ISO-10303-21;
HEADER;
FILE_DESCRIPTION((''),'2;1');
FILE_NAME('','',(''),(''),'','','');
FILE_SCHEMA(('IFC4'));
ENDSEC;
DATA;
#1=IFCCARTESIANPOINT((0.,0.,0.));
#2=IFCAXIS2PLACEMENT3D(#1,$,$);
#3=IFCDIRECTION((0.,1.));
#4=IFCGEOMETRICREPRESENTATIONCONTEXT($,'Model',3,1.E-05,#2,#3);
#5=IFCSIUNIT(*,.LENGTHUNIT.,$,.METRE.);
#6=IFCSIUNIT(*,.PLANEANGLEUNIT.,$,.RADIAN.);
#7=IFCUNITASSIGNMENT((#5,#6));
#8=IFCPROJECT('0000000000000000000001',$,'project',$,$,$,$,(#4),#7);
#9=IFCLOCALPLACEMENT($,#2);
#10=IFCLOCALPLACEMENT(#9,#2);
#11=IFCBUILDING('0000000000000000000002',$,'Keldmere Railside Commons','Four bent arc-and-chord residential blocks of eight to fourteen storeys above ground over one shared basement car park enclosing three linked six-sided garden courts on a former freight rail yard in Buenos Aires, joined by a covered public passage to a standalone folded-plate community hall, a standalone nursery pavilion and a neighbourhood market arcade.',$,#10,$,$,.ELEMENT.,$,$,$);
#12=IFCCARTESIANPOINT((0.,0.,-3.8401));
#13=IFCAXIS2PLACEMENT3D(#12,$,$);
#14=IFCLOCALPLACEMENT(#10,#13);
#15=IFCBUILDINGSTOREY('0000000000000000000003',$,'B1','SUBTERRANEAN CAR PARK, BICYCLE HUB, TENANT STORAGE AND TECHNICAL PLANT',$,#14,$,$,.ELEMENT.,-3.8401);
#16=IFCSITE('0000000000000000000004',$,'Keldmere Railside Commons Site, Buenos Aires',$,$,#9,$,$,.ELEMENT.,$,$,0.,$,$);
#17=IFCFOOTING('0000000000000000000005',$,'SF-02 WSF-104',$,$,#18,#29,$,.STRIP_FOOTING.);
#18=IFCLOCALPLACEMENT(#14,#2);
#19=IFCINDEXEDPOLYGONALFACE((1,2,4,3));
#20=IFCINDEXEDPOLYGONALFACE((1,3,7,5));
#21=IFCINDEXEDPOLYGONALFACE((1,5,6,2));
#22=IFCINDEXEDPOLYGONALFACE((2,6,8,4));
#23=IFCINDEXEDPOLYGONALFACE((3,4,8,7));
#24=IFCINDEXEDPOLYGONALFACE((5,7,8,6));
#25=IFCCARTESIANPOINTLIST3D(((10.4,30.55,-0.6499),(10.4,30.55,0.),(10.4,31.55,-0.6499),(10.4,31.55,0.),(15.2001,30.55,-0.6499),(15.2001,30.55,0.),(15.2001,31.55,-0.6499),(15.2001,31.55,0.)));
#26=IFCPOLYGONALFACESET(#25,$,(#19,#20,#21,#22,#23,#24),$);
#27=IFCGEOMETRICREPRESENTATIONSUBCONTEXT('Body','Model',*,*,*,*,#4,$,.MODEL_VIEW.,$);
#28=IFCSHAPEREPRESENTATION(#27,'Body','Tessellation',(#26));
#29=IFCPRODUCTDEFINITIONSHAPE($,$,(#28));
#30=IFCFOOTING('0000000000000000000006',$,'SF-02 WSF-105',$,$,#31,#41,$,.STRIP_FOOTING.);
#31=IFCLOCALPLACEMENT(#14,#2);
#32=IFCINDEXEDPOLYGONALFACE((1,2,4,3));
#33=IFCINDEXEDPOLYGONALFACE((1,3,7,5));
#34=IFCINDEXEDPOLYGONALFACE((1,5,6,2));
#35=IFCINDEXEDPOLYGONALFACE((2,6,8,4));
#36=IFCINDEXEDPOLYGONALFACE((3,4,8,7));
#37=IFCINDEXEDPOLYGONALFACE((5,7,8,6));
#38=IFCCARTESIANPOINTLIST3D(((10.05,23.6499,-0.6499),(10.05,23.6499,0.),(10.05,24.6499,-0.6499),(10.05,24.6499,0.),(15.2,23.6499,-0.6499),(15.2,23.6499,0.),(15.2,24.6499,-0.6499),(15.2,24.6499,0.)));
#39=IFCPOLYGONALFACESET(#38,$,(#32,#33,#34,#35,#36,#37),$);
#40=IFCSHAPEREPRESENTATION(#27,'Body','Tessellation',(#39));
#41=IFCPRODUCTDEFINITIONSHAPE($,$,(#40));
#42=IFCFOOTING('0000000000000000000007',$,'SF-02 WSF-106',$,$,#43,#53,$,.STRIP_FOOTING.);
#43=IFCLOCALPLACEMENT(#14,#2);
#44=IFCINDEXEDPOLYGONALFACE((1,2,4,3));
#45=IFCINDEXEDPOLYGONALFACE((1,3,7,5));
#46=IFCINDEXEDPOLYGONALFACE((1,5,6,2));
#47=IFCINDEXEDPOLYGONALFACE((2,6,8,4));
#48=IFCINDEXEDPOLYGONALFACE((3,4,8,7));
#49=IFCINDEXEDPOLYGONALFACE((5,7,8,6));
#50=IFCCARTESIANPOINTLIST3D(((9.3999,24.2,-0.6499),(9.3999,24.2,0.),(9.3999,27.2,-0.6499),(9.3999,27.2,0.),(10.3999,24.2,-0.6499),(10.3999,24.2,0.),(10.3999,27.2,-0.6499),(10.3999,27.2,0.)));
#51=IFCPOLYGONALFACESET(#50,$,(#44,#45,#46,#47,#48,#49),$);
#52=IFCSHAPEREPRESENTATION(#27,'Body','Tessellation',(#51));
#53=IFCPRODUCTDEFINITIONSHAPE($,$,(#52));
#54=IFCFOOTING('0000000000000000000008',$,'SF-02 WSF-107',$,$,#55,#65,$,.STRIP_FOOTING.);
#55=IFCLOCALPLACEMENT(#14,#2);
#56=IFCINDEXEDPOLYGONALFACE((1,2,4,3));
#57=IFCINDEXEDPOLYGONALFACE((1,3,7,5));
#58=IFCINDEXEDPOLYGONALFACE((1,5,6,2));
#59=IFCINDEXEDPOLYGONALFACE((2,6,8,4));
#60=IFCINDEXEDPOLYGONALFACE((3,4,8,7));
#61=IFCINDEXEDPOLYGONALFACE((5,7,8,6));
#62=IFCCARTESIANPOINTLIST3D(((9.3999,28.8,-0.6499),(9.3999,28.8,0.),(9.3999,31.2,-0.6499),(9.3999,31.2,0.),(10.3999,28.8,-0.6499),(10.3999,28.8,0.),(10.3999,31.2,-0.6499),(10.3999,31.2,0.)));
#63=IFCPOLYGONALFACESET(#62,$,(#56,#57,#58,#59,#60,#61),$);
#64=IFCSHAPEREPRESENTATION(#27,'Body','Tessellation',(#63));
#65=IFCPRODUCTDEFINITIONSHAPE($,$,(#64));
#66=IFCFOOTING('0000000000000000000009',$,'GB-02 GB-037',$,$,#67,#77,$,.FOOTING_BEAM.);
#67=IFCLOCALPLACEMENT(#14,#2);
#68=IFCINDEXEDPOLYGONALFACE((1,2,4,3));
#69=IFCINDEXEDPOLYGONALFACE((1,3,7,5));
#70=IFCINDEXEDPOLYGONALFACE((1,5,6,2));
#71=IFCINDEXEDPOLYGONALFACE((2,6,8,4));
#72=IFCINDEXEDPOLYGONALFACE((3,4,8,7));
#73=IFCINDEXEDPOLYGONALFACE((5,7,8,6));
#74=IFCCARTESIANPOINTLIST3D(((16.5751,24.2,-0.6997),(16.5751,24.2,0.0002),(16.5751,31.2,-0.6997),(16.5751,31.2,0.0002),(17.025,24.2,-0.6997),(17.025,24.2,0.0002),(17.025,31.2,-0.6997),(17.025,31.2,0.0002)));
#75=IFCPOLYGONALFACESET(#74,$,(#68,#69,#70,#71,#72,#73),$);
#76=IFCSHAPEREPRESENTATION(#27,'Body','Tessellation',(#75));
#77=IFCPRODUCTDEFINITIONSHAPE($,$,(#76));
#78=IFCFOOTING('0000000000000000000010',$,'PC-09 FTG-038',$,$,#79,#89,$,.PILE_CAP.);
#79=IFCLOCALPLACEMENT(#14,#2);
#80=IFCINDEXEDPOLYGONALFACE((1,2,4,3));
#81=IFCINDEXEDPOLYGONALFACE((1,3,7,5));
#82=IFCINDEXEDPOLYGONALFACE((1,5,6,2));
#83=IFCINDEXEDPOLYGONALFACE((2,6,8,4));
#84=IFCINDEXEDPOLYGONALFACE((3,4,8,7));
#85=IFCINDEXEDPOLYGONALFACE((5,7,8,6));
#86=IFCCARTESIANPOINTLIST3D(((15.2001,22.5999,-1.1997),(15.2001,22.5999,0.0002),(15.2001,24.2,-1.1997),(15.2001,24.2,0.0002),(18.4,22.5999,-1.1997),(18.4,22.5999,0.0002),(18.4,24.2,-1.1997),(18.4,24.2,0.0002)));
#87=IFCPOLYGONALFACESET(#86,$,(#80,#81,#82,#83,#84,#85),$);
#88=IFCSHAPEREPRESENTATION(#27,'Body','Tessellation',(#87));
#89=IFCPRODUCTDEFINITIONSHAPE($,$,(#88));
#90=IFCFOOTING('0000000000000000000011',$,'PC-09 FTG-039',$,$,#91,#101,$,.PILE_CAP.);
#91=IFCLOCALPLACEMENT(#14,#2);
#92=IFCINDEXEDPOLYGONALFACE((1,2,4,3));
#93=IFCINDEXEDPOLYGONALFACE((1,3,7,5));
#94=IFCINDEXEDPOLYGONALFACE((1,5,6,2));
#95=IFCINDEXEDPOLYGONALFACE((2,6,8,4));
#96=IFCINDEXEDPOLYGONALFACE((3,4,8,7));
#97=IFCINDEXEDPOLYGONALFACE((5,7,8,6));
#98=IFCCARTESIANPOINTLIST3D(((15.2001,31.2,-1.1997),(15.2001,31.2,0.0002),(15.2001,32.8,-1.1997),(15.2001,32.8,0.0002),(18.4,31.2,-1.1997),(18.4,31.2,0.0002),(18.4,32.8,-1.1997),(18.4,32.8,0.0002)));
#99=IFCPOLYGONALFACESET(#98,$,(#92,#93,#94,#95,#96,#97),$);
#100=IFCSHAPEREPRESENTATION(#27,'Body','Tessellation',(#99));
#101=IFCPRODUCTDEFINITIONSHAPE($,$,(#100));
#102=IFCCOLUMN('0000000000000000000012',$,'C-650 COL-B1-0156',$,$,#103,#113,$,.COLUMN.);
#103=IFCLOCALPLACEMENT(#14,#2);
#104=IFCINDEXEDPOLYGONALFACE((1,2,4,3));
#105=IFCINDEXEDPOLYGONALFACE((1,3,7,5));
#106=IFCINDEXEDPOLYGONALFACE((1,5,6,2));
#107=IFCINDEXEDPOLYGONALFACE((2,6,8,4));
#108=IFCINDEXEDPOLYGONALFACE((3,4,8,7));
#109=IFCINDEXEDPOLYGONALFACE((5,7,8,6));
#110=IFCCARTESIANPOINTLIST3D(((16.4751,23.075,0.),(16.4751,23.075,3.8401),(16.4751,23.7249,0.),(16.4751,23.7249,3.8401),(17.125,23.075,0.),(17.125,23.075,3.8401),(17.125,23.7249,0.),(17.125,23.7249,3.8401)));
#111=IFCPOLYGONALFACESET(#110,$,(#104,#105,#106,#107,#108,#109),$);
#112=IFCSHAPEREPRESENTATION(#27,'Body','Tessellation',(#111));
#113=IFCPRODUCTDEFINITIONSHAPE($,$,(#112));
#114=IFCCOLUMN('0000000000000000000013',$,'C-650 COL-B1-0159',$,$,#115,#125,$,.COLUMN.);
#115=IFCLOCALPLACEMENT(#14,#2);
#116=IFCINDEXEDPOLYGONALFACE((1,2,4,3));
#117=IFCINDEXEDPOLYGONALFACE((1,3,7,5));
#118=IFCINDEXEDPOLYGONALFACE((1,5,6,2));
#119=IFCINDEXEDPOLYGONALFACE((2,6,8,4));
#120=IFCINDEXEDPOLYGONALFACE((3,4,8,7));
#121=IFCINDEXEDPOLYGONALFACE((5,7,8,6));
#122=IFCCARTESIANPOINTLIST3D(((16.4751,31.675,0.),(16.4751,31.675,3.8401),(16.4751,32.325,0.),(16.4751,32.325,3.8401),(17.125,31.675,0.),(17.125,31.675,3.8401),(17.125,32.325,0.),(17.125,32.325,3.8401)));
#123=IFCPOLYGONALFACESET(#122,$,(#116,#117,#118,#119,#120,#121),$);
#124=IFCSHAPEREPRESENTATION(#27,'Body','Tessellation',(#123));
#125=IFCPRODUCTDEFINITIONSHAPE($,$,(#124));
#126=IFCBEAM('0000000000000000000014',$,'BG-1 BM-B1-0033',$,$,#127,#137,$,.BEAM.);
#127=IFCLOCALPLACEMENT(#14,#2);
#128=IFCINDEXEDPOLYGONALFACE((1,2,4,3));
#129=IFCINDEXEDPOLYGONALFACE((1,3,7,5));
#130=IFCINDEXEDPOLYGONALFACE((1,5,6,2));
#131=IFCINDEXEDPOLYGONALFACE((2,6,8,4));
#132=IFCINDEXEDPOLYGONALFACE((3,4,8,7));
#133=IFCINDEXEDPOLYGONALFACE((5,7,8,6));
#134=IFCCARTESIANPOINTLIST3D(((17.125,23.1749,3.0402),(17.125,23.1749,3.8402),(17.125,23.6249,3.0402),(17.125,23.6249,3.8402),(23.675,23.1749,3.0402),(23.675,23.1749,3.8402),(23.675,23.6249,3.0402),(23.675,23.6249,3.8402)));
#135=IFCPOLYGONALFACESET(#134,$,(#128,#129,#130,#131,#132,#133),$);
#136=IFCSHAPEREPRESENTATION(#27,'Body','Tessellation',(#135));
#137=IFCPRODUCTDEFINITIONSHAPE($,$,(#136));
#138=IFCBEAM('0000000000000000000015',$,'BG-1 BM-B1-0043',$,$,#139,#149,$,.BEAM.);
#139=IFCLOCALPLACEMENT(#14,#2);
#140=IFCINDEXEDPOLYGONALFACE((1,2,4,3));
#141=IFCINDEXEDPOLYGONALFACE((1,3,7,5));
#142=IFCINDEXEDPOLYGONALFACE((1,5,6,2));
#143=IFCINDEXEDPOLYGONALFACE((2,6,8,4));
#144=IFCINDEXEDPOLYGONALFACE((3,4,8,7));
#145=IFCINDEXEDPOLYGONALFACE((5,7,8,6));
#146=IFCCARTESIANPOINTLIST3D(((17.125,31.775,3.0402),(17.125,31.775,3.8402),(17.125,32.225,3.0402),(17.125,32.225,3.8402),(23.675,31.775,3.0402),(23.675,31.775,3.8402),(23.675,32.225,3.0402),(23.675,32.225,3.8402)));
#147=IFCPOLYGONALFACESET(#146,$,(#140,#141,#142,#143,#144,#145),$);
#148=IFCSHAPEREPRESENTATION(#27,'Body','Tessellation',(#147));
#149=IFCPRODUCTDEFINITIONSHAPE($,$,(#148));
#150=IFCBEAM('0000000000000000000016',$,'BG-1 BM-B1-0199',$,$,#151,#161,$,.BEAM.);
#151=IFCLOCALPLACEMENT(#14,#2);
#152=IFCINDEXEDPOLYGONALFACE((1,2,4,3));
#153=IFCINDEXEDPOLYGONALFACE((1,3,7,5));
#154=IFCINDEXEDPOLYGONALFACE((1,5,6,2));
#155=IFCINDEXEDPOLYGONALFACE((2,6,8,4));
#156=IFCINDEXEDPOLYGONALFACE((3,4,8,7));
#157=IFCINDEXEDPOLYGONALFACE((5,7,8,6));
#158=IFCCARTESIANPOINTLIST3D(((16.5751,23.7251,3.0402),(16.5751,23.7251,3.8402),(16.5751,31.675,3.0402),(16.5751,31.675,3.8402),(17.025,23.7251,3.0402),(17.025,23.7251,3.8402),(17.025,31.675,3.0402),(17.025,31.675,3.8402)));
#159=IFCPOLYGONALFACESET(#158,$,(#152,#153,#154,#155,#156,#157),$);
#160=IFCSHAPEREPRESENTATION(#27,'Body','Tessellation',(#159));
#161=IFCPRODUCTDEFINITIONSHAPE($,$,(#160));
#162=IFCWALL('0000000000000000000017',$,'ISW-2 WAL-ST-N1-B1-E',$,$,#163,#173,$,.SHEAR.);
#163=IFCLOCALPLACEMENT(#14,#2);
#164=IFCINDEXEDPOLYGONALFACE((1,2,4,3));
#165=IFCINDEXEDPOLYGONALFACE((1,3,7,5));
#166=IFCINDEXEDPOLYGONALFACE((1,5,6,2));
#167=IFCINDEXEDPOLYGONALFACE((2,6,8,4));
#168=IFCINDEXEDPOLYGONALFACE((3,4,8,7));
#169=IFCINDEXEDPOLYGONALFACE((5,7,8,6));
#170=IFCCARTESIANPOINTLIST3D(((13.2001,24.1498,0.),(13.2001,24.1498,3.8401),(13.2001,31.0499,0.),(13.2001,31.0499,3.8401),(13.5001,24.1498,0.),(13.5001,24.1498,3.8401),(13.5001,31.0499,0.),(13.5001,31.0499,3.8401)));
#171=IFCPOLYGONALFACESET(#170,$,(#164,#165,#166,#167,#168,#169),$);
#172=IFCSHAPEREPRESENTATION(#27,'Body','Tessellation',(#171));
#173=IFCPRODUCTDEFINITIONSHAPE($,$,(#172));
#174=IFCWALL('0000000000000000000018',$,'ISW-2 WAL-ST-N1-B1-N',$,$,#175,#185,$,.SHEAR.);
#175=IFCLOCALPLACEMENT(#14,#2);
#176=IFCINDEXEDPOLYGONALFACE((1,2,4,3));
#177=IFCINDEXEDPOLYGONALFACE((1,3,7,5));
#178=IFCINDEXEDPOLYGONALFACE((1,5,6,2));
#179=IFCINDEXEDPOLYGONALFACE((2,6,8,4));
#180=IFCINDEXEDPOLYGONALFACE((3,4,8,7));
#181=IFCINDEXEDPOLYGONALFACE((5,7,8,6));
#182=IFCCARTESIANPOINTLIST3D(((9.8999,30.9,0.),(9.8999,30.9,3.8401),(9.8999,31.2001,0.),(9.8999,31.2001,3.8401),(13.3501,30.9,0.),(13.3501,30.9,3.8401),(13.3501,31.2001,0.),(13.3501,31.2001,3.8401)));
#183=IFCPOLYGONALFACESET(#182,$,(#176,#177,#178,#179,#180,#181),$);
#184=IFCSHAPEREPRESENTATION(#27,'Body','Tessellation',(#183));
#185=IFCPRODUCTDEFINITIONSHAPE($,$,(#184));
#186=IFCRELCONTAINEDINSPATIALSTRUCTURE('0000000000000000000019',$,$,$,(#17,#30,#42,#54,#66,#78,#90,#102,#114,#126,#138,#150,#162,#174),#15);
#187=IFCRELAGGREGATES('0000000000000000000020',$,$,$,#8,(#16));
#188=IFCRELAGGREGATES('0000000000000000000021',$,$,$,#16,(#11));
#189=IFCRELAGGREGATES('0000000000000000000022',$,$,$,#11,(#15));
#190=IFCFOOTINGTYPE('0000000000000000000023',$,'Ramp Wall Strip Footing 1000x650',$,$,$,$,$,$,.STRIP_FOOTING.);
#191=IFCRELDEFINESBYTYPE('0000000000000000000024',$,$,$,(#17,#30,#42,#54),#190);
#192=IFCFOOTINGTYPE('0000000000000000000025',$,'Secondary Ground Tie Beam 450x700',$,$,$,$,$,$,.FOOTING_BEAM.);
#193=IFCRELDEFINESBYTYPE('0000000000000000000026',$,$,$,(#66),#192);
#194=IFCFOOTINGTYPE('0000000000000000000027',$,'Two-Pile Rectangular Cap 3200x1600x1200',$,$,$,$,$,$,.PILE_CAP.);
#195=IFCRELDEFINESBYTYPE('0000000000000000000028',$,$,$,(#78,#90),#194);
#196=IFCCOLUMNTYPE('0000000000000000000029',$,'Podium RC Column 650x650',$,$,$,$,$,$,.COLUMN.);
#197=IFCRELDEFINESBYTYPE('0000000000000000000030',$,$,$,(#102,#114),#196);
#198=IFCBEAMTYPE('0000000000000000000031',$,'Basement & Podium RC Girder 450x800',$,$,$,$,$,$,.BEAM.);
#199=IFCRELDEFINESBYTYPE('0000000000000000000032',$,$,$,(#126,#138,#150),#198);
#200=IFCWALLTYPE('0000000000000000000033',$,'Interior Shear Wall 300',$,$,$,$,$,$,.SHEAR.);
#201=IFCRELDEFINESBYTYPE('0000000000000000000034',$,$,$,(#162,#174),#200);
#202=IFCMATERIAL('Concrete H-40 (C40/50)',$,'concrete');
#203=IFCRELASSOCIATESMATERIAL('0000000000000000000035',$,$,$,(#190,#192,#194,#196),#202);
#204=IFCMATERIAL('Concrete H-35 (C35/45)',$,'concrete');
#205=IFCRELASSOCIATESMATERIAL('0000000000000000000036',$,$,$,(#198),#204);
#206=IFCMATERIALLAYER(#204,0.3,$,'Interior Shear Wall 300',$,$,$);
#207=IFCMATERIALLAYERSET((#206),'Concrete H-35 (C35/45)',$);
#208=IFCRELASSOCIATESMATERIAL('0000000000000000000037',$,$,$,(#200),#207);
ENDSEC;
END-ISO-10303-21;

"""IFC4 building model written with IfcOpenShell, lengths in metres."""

from ifc_helpers import new_model, si_unit, direction, frame, frame_2d, origin, origin_2d, place, context, subcontext, project, spatial, rectangle, extrude, material, layer, layer_set, material_profile, profile_set, type_object, element, save


model = new_model("IFC4")

# Units and contexts
model_context = context("Model", 3, precision=1e-05, world=origin(), true_north=direction((0.0, 1.0)))
body_context = subcontext(model_context, "Body", "Model", "MODEL_VIEW")
ifc_project = project(units=[si_unit("LENGTHUNIT", "METRE"), si_unit("PLANEANGLEUNIT", "RADIAN")], contexts=[model_context])

# Site, building, storey
site_placement = place(None, origin())
site = spatial("IfcSite", under=ifc_project, at=site_placement, Name="Keldmere Railside Commons Site, Buenos Aires", CompositionType="ELEMENT", RefElevation=0.0)
building_placement = place(site_placement, origin())
building = spatial("IfcBuilding", under=site, at=building_placement, Name="Keldmere Railside Commons", Description="Four bent arc-and-chord residential blocks of eight to fourteen storeys above ground over one shared basement car park enclosing three linked six-sided garden courts on a former freight rail yard in Buenos Aires, joined by a covered public passage to a standalone folded-plate community hall, a standalone nursery pavilion and a neighbourhood market arcade.", CompositionType="ELEMENT")
storey_placement = place(building_placement, frame((0.0, 0.0, -3.8401)))
storey = spatial("IfcBuildingStorey", under=building, at=storey_placement, Name="B1", Description="SUBTERRANEAN CAR PARK, BICYCLE HUB, TENANT STORAGE AND TECHNICAL PLANT", CompositionType="ELEMENT", Elevation=-3.8401)

# Footings
ifc_material_1 = material(Name="Concrete H-40 (C40/50)", Category="concrete")
footing_type_1 = type_object("IfcFootingType", Name="Ramp Wall Strip Footing 1000x650", PredefinedType="STRIP_FOOTING", material=ifc_material_1)
footing_1_placement = place(storey_placement, frame((12.8, 31.05, -0.6499), z_axis=(0.0, 0.0, 1.0), x_axis=(1.0, 0.0, 0.0)))
element("IfcFooting", 1, at=footing_1_placement, inside=storey, type_object=footing_type_1, Name="SF-02 WSF-104", PredefinedType="STRIP_FOOTING", context=body_context, shape_type="SweptSolid", body=[
    extrude(rectangle(XDim=4.8, YDim=1.0, at=origin_2d()), origin(), (0.0, 0.0, 1.0), 0.6499),
])
footing_2_placement = place(storey_placement, frame((12.625, 24.1499, -0.6499), z_axis=(0.0, 0.0, 1.0), x_axis=(1.0, 0.0, 0.0)))
element("IfcFooting", 2, at=footing_2_placement, inside=storey, type_object=footing_type_1, Name="SF-02 WSF-105", PredefinedType="STRIP_FOOTING", context=body_context, shape_type="SweptSolid", body=[
    extrude(rectangle(XDim=5.1499, YDim=1.0, at=origin_2d()), origin(), (0.0, 0.0, 1.0), 0.6499),
])
footing_3_placement = place(storey_placement, frame((9.8999, 25.7, -0.6499), z_axis=(0.0, 0.0, 1.0), x_axis=(0.0, 1.0, 0.0)))
element("IfcFooting", 3, at=footing_3_placement, inside=storey, type_object=footing_type_1, Name="SF-02 WSF-106", PredefinedType="STRIP_FOOTING", context=body_context, shape_type="SweptSolid", body=[
    extrude(rectangle(XDim=3.0, YDim=1.0, at=origin_2d()), origin(), (0.0, 0.0, 1.0), 0.6499),
])
footing_4_placement = place(storey_placement, frame((9.8999, 30.0, -0.6499), z_axis=(0.0, 0.0, 1.0), x_axis=(0.0, 1.0, 0.0)))
element("IfcFooting", 4, at=footing_4_placement, inside=storey, type_object=footing_type_1, Name="SF-02 WSF-107", PredefinedType="STRIP_FOOTING", context=body_context, shape_type="SweptSolid", body=[
    extrude(rectangle(XDim=2.3999, YDim=1.0, at=origin_2d()), origin(), (0.0, 0.0, 1.0), 0.6499),
])
footing_type_2 = type_object("IfcFootingType", Name="Secondary Ground Tie Beam 450x700", PredefinedType="FOOTING_BEAM", material=ifc_material_1)
footing_5_placement = place(storey_placement, frame((16.8, 27.7, -0.6997), z_axis=(0.0, 0.0, 1.0), x_axis=(0.0, 1.0, 0.0)))
element("IfcFooting", 5, at=footing_5_placement, inside=storey, type_object=footing_type_2, Name="GB-02 GB-037", PredefinedType="FOOTING_BEAM", context=body_context, shape_type="SweptSolid", body=[
    extrude(rectangle(XDim=7.0, YDim=0.45, at=origin_2d()), origin(), (0.0, 0.0, 1.0), 0.7),
])
footing_type_3 = type_object("IfcFootingType", Name="Two-Pile Rectangular Cap 3200x1600x1200", PredefinedType="PILE_CAP", material=ifc_material_1)
for number, where, z_axis, x_axis, name in (
    (6, (16.8, 23.3999, -1.1997), (0.0, 0.0, 1.0), (1.0, 0.0, 0.0), "PC-09 FTG-038"),
    (7, (16.8, 32.0, -1.1997), (0.0, 0.0, 1.0), (1.0, 0.0, 0.0), "PC-09 FTG-039"),
):
    element("IfcFooting", number, at=place(storey_placement, frame(where, z_axis=z_axis, x_axis=x_axis)), inside=storey, type_object=footing_type_3, Name=name, PredefinedType="PILE_CAP", context=body_context, shape_type="SweptSolid", body=[
        extrude(rectangle(XDim=3.2, YDim=1.6001, at=origin_2d()), origin(), (0.0, 0.0, 1.0), 1.2),
    ])

# Columns
ifc_material_profile_1 = material_profile(ifc_material_1, rectangle(XDim=0.6499, YDim=0.6499, at=origin_2d()), Name="RC-650x650")
ifc_profile_set_1 = profile_set([ifc_material_profile_1], Name="Concrete H-40 (C40/50)")
column_type = type_object("IfcColumnType", Name="Podium RC Column 650x650", PredefinedType="COLUMN", material=ifc_profile_set_1)
for number, where, z_axis, x_axis, name in (
    (8, (16.8, 23.3999, 0.0), (0.0, 0.0, 1.0), (1.0, 0.0, 0.0), "C-650 COL-B1-0156"),
    (9, (16.8, 32.0, 0.0), (0.0, 0.0, 1.0), (1.0, 0.0, 0.0), "C-650 COL-B1-0159"),
):
    element("IfcColumn", number, at=place(storey_placement, frame(where, z_axis=z_axis, x_axis=x_axis)), inside=storey, type_object=column_type, Name=name, PredefinedType="COLUMN", context=body_context, shape_type="SweptSolid", body=[
        extrude(rectangle(XDim=0.6499, YDim=0.6499, at=origin_2d()), origin(), (0.0, 0.0, 1.0), 3.8401),
    ])

# Beams
ifc_material_2 = material(Name="Concrete H-35 (C35/45)", Category="concrete")
ifc_material_profile_2 = material_profile(ifc_material_2, rectangle(XDim=0.45, YDim=0.8, at=origin_2d()), Name="RC-450x800")
ifc_profile_set_2 = profile_set([ifc_material_profile_2], Name="Concrete H-35 (C35/45)")
beam_type = type_object("IfcBeamType", Name="Basement & Podium RC Girder 450x800", PredefinedType="BEAM", material=ifc_profile_set_2)
for number, where, z_axis, x_axis, name in (
    (10, (17.125, 23.3999, 3.4402), (1.0, 0.0, 0.0), (0.0, 1.0, 0.0), "BG-1 BM-B1-0033"),
    (11, (17.125, 32.0, 3.4402), (1.0, 0.0, 0.0), (0.0, 1.0, 0.0), "BG-1 BM-B1-0043"),
):
    element("IfcBeam", number, at=place(storey_placement, frame(where, z_axis=z_axis, x_axis=x_axis)), inside=storey, type_object=beam_type, Name=name, PredefinedType="BEAM", context=body_context, shape_type="SweptSolid", body=[
        extrude(rectangle(XDim=0.45, YDim=0.8, at=origin_2d()), origin(), (0.0, 0.0, 1.0), 6.55),
    ])
beam_placement = place(storey_placement, frame((16.8, 23.7251, 3.4402), z_axis=(0.0, 1.0, 0.0), x_axis=(-1.0, 0.0, 0.0)))
element("IfcBeam", 12, at=beam_placement, inside=storey, type_object=beam_type, Name="BG-1 BM-B1-0199", PredefinedType="BEAM", context=body_context, shape_type="SweptSolid", body=[
    extrude(rectangle(XDim=0.45, YDim=0.8, at=origin_2d()), origin(), (0.0, 0.0, 1.0), 7.95),
])

# Walls
ifc_layer = layer(ifc_material_2, 0.3, Name="Interior Shear Wall 300")
ifc_layer_set = layer_set([ifc_layer], Name="Concrete H-35 (C35/45)")
wall_type = type_object("IfcWallType", Name="Interior Shear Wall 300", PredefinedType="SHEAR", material=ifc_layer_set)
wall_1_placement = place(storey_placement, frame((13.3501, 31.05, 0.0), z_axis=(0.0, 0.0, 1.0), x_axis=(0.0, -1.0, 0.0)))
element("IfcWall", 13, at=wall_1_placement, inside=storey, type_object=wall_type, Name="ISW-2 WAL-ST-N1-B1-E", PredefinedType="SHEAR", context=body_context, shape_type="SweptSolid", body=[
    extrude(rectangle(XDim=6.9001, YDim=0.3, at=frame_2d((3.4502, 0.0))), origin(), (0.0, 0.0, 1.0), 3.8401),
])
wall_2_placement = place(storey_placement, frame((9.8999, 31.05, 0.0), z_axis=(0.0, 0.0, 1.0), x_axis=(1.0, 0.0, 0.0)))
element("IfcWall", 14, at=wall_2_placement, inside=storey, type_object=wall_type, Name="ISW-2 WAL-ST-N1-B1-N", PredefinedType="SHEAR", context=body_context, shape_type="SweptSolid", body=[
    extrude(rectangle(XDim=3.4502, YDim=0.3, at=frame_2d((1.7251, 0.0))), origin(), (0.0, 0.0, 1.0), 3.8401),
])

save(model, "model.ifc")
